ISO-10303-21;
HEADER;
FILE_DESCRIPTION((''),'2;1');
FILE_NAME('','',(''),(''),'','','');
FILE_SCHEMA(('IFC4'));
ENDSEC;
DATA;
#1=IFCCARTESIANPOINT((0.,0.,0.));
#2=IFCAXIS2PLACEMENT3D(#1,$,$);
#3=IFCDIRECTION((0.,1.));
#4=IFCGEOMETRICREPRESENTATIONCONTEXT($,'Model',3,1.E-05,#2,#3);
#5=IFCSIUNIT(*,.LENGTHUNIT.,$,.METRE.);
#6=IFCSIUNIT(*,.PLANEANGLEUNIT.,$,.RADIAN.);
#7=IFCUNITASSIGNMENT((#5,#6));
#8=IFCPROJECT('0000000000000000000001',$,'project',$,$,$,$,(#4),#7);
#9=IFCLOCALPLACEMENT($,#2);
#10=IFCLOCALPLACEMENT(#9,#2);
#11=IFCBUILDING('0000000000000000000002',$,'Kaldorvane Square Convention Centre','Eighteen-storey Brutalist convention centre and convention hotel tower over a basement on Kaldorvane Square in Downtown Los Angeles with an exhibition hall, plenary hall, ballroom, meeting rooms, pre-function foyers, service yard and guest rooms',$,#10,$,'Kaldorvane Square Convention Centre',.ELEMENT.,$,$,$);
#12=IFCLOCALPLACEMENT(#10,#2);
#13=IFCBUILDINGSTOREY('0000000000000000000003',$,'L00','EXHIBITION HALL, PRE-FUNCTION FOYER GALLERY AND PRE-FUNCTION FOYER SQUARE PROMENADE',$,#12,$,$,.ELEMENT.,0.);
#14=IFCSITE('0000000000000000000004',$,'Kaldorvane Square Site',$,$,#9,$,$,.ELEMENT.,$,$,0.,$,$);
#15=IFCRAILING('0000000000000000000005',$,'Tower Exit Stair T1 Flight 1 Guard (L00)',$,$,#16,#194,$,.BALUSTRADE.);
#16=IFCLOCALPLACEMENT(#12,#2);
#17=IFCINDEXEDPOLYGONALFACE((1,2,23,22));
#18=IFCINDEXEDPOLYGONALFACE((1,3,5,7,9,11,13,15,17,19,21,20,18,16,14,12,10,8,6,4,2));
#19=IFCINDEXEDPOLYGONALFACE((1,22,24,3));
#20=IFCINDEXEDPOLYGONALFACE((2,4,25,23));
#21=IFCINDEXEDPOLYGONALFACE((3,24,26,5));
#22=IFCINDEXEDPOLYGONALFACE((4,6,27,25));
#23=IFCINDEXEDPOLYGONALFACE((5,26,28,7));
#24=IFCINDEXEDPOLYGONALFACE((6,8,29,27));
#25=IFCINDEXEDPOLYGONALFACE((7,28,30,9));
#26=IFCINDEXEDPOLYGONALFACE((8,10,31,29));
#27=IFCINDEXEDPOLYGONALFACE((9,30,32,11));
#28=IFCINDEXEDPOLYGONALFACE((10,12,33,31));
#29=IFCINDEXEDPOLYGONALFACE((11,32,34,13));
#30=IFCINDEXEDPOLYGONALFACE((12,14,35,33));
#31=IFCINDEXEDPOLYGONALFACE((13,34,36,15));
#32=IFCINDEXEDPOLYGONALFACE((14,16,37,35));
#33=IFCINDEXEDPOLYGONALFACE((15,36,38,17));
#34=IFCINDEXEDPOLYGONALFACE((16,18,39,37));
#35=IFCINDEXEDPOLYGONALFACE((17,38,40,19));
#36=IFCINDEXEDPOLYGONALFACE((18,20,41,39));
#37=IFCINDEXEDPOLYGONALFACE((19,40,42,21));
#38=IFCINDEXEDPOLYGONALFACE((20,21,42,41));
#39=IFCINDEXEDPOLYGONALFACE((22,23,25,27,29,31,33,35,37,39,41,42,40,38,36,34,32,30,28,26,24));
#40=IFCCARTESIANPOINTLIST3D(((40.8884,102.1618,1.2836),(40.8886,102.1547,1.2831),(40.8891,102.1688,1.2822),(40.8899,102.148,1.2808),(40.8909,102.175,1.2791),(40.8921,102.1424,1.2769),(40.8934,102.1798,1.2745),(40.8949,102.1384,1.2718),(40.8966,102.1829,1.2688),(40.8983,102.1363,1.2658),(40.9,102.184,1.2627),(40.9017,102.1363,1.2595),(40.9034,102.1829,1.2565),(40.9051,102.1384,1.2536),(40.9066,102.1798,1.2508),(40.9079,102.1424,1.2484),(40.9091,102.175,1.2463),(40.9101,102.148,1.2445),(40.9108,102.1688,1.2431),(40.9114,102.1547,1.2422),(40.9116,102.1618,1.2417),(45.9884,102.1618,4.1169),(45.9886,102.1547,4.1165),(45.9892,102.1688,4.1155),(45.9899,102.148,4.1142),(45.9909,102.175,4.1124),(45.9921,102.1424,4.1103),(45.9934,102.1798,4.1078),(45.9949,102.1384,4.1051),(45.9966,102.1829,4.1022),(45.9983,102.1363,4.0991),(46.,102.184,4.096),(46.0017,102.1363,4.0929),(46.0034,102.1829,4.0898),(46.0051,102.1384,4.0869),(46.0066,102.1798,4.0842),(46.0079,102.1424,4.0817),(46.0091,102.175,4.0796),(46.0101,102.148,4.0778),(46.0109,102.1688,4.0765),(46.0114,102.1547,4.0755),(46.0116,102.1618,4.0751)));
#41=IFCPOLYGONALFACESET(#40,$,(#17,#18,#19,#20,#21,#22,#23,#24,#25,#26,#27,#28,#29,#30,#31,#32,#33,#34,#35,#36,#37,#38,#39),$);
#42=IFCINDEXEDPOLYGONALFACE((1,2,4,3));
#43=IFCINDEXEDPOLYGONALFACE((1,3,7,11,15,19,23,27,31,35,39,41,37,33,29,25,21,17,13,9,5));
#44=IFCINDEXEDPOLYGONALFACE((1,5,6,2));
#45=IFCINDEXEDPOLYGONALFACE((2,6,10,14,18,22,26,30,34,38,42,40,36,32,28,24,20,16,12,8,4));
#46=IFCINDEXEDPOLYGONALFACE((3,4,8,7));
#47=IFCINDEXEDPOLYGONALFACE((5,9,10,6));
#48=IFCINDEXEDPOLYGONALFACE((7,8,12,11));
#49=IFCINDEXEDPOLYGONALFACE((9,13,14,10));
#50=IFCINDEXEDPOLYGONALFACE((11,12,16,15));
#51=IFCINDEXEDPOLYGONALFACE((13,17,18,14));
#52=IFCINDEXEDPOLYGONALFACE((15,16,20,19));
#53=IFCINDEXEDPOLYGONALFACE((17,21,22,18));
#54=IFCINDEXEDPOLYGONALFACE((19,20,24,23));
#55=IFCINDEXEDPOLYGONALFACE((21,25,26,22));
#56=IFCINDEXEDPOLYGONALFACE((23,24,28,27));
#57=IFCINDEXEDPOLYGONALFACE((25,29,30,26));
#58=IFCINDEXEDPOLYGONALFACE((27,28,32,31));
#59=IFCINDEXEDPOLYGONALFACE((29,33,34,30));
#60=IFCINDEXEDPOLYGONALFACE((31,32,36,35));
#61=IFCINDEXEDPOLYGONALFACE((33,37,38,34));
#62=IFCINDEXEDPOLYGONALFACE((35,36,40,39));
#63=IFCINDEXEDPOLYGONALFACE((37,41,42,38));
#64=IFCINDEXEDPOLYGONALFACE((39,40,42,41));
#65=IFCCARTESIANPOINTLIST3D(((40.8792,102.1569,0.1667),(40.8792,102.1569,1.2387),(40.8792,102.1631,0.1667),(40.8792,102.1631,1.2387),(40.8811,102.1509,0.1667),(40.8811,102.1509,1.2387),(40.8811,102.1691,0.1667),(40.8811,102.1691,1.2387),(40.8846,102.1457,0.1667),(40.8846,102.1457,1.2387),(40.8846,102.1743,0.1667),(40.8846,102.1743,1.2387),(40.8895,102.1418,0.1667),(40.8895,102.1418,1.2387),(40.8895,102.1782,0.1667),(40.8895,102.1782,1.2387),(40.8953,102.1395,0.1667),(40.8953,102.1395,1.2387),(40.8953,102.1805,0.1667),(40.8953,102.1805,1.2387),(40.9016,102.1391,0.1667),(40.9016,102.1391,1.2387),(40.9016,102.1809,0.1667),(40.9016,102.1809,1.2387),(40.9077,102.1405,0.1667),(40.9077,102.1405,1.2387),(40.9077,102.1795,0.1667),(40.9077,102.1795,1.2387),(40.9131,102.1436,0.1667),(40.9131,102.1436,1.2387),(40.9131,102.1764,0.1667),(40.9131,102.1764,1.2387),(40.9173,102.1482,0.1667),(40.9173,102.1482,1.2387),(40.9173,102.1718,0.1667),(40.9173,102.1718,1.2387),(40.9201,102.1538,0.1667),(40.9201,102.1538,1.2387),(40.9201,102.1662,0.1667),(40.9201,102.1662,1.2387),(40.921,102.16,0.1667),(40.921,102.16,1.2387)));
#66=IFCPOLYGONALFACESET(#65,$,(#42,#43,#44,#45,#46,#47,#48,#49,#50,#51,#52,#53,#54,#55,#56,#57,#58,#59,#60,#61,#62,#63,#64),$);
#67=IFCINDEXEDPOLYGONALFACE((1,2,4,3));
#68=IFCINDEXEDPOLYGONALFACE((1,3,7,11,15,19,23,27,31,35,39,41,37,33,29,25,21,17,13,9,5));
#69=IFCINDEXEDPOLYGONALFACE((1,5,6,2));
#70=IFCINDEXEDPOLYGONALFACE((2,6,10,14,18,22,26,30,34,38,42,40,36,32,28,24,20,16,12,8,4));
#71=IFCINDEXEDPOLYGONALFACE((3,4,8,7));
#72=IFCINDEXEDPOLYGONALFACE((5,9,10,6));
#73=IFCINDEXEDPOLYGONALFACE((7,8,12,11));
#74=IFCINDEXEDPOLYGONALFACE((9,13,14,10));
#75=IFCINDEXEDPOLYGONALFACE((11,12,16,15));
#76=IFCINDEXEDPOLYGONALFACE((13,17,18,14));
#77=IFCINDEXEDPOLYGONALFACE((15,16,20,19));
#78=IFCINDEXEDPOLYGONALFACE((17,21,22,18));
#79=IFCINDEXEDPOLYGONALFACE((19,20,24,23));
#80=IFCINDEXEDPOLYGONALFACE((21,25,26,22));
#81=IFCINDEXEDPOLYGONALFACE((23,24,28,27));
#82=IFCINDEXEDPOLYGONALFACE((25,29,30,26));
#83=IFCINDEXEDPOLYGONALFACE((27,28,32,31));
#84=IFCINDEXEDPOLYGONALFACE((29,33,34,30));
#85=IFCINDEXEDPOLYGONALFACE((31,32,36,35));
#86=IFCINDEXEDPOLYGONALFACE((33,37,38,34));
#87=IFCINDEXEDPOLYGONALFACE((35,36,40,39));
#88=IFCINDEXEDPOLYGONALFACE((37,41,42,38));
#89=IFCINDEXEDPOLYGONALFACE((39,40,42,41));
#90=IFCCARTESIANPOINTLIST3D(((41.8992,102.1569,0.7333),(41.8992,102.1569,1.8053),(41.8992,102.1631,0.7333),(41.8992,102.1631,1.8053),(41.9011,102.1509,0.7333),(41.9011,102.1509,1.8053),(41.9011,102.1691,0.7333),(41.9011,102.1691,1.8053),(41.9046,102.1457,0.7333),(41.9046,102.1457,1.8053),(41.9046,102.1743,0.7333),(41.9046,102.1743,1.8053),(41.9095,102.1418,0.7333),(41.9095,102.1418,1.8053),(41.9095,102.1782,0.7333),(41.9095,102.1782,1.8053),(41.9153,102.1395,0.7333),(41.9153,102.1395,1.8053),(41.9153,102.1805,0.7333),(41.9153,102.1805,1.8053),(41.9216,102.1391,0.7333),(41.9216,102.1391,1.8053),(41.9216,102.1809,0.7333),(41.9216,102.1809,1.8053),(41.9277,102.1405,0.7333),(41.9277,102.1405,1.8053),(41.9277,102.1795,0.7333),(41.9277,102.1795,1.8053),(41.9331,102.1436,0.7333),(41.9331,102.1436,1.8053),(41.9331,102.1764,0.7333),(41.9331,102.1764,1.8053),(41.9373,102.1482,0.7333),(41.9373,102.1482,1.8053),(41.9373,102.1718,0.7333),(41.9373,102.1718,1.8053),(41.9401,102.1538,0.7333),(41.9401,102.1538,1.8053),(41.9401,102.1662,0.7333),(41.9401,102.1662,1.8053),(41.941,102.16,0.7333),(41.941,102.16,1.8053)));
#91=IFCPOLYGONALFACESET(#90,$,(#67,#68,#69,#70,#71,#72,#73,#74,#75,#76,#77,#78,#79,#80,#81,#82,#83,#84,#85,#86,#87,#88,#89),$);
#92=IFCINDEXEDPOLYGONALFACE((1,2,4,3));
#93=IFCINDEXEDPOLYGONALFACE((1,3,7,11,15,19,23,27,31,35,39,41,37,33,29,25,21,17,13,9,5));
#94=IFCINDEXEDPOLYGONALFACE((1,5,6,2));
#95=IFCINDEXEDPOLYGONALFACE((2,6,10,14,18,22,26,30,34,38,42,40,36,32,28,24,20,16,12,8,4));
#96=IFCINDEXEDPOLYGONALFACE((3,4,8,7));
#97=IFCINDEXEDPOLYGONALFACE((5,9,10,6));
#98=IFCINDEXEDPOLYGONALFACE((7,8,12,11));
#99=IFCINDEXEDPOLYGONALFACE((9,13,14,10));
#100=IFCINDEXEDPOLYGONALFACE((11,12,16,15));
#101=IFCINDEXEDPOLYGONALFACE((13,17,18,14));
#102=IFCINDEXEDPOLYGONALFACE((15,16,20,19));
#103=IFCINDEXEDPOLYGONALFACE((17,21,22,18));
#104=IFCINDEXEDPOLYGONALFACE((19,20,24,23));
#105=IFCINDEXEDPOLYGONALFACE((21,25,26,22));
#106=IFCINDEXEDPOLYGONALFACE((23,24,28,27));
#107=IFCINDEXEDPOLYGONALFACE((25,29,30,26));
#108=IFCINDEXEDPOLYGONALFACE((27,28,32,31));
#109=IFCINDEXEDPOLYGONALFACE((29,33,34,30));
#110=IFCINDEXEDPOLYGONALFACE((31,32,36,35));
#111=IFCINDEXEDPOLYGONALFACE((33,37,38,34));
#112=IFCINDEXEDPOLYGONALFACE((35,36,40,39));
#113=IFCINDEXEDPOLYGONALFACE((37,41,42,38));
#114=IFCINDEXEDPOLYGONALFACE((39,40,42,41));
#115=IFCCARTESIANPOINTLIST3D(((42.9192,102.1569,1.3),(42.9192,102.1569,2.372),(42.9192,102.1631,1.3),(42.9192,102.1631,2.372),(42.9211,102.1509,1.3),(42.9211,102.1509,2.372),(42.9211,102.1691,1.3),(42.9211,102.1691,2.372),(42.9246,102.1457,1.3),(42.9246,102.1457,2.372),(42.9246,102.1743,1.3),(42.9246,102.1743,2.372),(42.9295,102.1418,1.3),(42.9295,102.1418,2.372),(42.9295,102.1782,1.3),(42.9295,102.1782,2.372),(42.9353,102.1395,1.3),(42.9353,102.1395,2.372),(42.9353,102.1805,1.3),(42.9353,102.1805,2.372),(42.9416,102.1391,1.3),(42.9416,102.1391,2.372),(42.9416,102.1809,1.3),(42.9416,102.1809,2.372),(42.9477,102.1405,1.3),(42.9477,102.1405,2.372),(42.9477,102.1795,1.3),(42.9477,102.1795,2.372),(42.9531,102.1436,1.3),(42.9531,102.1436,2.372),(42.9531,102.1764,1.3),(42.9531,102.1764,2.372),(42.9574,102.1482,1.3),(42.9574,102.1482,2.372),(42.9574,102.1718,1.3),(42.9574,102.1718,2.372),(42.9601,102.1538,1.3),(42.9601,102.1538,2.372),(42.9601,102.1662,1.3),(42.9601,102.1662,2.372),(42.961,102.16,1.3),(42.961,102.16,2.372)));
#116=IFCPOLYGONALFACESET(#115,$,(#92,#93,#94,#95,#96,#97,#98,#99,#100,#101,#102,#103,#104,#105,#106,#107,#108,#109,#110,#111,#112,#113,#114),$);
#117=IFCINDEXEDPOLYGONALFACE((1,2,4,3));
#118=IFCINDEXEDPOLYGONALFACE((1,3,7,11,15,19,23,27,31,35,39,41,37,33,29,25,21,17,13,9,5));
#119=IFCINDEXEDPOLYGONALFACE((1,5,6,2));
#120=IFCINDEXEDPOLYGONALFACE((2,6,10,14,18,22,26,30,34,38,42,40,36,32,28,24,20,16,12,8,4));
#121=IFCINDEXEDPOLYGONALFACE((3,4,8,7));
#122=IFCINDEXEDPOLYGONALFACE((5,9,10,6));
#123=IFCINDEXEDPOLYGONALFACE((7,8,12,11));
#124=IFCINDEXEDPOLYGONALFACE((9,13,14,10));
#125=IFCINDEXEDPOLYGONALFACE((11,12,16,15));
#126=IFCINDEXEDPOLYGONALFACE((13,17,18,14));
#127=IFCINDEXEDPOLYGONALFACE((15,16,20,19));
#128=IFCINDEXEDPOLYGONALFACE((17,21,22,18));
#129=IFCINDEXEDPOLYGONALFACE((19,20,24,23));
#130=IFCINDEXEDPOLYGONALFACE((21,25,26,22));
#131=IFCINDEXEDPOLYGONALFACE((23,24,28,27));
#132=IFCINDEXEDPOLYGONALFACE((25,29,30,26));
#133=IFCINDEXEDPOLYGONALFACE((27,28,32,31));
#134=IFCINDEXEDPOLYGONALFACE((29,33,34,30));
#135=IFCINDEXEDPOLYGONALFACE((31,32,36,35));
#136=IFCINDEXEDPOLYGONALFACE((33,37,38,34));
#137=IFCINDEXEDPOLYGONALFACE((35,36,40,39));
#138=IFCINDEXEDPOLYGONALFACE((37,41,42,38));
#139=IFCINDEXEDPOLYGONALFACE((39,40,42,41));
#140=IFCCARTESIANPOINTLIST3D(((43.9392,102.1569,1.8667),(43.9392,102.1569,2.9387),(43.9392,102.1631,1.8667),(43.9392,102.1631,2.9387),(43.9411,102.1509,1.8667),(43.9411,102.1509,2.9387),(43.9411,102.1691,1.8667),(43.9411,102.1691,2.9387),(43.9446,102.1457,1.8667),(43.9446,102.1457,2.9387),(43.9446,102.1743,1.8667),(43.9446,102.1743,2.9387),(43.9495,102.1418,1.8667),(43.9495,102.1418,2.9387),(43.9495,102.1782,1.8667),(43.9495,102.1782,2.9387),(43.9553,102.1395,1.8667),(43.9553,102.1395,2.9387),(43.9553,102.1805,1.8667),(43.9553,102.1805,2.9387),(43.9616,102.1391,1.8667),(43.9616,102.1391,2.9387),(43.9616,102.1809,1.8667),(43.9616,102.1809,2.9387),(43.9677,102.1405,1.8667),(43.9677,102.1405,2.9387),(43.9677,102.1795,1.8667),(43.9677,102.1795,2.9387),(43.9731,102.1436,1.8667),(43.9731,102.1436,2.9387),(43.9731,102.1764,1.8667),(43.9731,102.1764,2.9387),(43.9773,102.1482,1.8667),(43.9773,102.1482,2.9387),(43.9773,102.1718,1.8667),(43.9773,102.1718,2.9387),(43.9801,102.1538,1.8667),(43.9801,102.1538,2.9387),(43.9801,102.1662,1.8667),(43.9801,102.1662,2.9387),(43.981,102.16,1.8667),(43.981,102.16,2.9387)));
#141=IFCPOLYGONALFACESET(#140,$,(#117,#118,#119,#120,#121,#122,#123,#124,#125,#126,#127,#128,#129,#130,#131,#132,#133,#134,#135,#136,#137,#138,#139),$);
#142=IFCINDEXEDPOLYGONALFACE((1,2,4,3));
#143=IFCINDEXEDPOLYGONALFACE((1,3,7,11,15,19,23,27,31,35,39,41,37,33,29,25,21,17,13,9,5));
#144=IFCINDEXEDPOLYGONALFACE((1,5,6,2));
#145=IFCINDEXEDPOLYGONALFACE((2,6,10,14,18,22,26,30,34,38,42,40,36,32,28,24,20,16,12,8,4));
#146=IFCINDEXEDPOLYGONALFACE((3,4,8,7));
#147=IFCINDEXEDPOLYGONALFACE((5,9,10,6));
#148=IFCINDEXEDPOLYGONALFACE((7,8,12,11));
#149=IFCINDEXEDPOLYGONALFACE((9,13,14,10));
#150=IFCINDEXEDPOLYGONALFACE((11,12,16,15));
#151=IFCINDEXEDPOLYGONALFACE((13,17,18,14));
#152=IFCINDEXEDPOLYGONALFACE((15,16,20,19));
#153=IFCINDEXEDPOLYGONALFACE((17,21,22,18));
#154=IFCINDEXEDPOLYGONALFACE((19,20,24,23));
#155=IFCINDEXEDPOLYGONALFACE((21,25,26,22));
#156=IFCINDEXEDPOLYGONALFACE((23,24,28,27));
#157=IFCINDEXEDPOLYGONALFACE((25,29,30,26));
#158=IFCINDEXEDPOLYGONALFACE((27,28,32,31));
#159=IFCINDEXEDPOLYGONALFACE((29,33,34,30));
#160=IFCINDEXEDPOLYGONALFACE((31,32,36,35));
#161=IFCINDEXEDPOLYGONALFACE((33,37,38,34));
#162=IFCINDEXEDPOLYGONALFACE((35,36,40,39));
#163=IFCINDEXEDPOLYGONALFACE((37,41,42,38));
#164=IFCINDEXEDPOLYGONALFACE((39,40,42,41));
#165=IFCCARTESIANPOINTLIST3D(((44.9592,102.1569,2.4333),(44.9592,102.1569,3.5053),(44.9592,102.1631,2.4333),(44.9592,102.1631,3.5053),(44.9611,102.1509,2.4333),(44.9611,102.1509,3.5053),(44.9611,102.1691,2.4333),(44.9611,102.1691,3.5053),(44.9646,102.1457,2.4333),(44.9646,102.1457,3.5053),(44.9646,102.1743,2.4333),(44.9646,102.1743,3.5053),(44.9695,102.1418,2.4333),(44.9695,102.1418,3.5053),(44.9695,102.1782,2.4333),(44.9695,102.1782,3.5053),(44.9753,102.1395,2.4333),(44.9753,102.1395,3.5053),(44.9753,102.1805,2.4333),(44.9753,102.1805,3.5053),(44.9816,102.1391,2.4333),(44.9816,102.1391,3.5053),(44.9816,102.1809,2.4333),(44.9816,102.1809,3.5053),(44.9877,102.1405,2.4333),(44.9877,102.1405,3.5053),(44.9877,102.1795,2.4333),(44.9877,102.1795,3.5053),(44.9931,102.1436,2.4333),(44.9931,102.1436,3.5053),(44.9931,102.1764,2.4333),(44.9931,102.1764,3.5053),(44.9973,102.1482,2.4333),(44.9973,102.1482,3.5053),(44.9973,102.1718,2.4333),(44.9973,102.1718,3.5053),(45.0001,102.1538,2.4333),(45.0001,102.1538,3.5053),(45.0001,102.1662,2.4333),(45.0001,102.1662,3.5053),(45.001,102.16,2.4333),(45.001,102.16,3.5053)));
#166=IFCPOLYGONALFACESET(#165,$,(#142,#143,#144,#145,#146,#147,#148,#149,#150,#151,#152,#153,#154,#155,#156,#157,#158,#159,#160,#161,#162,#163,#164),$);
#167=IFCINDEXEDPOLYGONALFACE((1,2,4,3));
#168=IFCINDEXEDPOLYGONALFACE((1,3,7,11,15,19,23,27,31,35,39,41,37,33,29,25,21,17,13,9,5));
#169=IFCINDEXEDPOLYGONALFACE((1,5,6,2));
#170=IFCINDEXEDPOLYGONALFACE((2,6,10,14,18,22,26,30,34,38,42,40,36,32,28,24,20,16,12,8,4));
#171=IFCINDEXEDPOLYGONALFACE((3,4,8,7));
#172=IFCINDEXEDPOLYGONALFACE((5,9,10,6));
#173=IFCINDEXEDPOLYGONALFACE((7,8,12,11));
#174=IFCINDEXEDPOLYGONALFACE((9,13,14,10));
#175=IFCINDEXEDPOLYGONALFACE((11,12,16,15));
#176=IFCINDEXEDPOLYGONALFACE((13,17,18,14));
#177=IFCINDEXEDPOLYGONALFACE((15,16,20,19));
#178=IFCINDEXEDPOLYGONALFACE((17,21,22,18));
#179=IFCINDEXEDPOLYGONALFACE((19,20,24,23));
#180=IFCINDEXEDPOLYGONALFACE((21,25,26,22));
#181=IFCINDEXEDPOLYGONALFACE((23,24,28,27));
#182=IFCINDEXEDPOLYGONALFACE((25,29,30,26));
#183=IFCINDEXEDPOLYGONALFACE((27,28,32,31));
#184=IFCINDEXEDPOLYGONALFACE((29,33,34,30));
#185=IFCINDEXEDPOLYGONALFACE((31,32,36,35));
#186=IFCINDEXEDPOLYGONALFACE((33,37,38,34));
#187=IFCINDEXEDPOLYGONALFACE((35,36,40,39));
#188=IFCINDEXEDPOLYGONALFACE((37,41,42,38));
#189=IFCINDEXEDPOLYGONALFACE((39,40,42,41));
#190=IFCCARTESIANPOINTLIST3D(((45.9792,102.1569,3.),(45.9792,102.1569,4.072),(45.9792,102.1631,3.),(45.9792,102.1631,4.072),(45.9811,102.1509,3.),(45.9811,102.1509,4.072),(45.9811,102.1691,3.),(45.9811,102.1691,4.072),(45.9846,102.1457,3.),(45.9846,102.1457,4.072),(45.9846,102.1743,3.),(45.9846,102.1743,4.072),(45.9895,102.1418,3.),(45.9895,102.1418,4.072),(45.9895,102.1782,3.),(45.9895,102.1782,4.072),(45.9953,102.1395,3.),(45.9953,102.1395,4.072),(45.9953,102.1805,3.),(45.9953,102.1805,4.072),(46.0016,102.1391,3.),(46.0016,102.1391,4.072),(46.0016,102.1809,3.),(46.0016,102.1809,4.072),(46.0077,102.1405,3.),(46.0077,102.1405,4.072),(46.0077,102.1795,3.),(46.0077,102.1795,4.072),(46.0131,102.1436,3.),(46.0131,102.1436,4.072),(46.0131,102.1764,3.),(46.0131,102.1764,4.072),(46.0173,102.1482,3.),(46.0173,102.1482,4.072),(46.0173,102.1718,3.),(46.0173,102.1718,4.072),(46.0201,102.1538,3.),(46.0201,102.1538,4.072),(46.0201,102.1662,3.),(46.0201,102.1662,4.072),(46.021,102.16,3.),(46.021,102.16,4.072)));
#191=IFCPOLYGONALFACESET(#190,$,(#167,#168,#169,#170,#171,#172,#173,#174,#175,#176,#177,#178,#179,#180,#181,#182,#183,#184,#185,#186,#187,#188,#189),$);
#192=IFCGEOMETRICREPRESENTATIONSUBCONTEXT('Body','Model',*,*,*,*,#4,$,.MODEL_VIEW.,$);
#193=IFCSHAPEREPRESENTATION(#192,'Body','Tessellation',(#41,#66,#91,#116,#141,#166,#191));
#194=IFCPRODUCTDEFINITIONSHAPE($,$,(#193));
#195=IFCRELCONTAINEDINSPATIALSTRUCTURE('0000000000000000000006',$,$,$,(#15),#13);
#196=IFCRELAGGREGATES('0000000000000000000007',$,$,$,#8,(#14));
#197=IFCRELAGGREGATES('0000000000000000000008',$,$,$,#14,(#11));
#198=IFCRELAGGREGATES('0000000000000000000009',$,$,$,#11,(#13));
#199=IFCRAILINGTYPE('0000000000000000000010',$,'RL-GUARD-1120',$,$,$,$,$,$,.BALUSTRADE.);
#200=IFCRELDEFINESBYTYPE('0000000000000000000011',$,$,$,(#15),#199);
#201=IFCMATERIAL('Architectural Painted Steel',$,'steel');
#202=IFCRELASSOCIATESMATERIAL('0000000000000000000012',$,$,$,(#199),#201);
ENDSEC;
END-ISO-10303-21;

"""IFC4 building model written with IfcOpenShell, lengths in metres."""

from ifc_helpers import new_model, si_unit, direction, frame, origin, origin_2d, place, context, subcontext, project, spatial, circle, extrude, material, type_object, element, save


model = new_model("IFC4")

# Units and contexts
model_context = context("Model", 3, precision=1e-05, world=origin(), true_north=direction((0.0, 1.0)))
body_context = subcontext(model_context, "Body", "Model", "MODEL_VIEW")
ifc_project = project(units=[si_unit("LENGTHUNIT", "METRE"), si_unit("PLANEANGLEUNIT", "RADIAN")], contexts=[model_context])

# Site, building, storey
site_placement = place(None, origin())
site = spatial("IfcSite", under=ifc_project, at=site_placement, Name="Kaldorvane Square Site", CompositionType="ELEMENT", RefElevation=0.0)
building_placement = place(site_placement, origin())
building = spatial("IfcBuilding", under=site, at=building_placement, Name="Kaldorvane Square Convention Centre", Description="Eighteen-storey Brutalist convention centre and convention hotel tower over a basement on Kaldorvane Square in Downtown Los Angeles with an exhibition hall, plenary hall, ballroom, meeting rooms, pre-function foyers, service yard and guest rooms", LongName="Kaldorvane Square Convention Centre", CompositionType="ELEMENT")
storey_placement = place(building_placement, origin())
storey = spatial("IfcBuildingStorey", under=building, at=storey_placement, Name="L00", Description="EXHIBITION HALL, PRE-FUNCTION FOYER GALLERY AND PRE-FUNCTION FOYER SQUARE PROMENADE", CompositionType="ELEMENT", Elevation=0.0)

# Railing
ifc_material_1 = material(Name="Architectural Painted Steel", Category="steel")
railing_type_1 = type_object("IfcRailingType", Name="RL-GUARD-1120", PredefinedType="BALUSTRADE", material=ifc_material_1)
railing_1_placement = place(storey_placement, frame((40.9, 102.16, 0.1667)))
element("IfcRailing", 1, at=railing_1_placement, inside=storey, type_object=railing_type_1, Name="Tower Exit Stair T1 Flight 1 Guard (L00)", PredefinedType="BALUSTRADE", context=body_context, shape_type="SweptSolid", body=[
    extrude(circle(Radius=0.024, at=origin_2d()), frame((0.0, 0.0, 1.096), z_axis=(0.874158, 0.0, 0.485642), x_axis=(0.0, 1.0, 0.0)), (0.0, 0.0, 1.0), 5.8342),
    extrude(circle(Radius=0.021, at=origin_2d()), origin(), (0.0, 0.0, 1.0), 1.072),
    extrude(circle(Radius=0.021, at=origin_2d()), frame((1.02, 0.0, 0.5667)), (0.0, 0.0, 1.0), 1.072),
    extrude(circle(Radius=0.021, at=origin_2d()), frame((2.04, 0.0, 1.1333)), (0.0, 0.0, 1.0), 1.072),
    extrude(circle(Radius=0.021, at=origin_2d()), frame((3.06, 0.0, 1.7)), (0.0, 0.0, 1.0), 1.072),
    extrude(circle(Radius=0.021, at=origin_2d()), frame((4.08, 0.0, 2.2667)), (0.0, 0.0, 1.0), 1.072),
    extrude(circle(Radius=0.021, at=origin_2d()), frame((5.1, 0.0, 2.8333)), (0.0, 0.0, 1.0), 1.072),
])

save(model, "model.ifc")
